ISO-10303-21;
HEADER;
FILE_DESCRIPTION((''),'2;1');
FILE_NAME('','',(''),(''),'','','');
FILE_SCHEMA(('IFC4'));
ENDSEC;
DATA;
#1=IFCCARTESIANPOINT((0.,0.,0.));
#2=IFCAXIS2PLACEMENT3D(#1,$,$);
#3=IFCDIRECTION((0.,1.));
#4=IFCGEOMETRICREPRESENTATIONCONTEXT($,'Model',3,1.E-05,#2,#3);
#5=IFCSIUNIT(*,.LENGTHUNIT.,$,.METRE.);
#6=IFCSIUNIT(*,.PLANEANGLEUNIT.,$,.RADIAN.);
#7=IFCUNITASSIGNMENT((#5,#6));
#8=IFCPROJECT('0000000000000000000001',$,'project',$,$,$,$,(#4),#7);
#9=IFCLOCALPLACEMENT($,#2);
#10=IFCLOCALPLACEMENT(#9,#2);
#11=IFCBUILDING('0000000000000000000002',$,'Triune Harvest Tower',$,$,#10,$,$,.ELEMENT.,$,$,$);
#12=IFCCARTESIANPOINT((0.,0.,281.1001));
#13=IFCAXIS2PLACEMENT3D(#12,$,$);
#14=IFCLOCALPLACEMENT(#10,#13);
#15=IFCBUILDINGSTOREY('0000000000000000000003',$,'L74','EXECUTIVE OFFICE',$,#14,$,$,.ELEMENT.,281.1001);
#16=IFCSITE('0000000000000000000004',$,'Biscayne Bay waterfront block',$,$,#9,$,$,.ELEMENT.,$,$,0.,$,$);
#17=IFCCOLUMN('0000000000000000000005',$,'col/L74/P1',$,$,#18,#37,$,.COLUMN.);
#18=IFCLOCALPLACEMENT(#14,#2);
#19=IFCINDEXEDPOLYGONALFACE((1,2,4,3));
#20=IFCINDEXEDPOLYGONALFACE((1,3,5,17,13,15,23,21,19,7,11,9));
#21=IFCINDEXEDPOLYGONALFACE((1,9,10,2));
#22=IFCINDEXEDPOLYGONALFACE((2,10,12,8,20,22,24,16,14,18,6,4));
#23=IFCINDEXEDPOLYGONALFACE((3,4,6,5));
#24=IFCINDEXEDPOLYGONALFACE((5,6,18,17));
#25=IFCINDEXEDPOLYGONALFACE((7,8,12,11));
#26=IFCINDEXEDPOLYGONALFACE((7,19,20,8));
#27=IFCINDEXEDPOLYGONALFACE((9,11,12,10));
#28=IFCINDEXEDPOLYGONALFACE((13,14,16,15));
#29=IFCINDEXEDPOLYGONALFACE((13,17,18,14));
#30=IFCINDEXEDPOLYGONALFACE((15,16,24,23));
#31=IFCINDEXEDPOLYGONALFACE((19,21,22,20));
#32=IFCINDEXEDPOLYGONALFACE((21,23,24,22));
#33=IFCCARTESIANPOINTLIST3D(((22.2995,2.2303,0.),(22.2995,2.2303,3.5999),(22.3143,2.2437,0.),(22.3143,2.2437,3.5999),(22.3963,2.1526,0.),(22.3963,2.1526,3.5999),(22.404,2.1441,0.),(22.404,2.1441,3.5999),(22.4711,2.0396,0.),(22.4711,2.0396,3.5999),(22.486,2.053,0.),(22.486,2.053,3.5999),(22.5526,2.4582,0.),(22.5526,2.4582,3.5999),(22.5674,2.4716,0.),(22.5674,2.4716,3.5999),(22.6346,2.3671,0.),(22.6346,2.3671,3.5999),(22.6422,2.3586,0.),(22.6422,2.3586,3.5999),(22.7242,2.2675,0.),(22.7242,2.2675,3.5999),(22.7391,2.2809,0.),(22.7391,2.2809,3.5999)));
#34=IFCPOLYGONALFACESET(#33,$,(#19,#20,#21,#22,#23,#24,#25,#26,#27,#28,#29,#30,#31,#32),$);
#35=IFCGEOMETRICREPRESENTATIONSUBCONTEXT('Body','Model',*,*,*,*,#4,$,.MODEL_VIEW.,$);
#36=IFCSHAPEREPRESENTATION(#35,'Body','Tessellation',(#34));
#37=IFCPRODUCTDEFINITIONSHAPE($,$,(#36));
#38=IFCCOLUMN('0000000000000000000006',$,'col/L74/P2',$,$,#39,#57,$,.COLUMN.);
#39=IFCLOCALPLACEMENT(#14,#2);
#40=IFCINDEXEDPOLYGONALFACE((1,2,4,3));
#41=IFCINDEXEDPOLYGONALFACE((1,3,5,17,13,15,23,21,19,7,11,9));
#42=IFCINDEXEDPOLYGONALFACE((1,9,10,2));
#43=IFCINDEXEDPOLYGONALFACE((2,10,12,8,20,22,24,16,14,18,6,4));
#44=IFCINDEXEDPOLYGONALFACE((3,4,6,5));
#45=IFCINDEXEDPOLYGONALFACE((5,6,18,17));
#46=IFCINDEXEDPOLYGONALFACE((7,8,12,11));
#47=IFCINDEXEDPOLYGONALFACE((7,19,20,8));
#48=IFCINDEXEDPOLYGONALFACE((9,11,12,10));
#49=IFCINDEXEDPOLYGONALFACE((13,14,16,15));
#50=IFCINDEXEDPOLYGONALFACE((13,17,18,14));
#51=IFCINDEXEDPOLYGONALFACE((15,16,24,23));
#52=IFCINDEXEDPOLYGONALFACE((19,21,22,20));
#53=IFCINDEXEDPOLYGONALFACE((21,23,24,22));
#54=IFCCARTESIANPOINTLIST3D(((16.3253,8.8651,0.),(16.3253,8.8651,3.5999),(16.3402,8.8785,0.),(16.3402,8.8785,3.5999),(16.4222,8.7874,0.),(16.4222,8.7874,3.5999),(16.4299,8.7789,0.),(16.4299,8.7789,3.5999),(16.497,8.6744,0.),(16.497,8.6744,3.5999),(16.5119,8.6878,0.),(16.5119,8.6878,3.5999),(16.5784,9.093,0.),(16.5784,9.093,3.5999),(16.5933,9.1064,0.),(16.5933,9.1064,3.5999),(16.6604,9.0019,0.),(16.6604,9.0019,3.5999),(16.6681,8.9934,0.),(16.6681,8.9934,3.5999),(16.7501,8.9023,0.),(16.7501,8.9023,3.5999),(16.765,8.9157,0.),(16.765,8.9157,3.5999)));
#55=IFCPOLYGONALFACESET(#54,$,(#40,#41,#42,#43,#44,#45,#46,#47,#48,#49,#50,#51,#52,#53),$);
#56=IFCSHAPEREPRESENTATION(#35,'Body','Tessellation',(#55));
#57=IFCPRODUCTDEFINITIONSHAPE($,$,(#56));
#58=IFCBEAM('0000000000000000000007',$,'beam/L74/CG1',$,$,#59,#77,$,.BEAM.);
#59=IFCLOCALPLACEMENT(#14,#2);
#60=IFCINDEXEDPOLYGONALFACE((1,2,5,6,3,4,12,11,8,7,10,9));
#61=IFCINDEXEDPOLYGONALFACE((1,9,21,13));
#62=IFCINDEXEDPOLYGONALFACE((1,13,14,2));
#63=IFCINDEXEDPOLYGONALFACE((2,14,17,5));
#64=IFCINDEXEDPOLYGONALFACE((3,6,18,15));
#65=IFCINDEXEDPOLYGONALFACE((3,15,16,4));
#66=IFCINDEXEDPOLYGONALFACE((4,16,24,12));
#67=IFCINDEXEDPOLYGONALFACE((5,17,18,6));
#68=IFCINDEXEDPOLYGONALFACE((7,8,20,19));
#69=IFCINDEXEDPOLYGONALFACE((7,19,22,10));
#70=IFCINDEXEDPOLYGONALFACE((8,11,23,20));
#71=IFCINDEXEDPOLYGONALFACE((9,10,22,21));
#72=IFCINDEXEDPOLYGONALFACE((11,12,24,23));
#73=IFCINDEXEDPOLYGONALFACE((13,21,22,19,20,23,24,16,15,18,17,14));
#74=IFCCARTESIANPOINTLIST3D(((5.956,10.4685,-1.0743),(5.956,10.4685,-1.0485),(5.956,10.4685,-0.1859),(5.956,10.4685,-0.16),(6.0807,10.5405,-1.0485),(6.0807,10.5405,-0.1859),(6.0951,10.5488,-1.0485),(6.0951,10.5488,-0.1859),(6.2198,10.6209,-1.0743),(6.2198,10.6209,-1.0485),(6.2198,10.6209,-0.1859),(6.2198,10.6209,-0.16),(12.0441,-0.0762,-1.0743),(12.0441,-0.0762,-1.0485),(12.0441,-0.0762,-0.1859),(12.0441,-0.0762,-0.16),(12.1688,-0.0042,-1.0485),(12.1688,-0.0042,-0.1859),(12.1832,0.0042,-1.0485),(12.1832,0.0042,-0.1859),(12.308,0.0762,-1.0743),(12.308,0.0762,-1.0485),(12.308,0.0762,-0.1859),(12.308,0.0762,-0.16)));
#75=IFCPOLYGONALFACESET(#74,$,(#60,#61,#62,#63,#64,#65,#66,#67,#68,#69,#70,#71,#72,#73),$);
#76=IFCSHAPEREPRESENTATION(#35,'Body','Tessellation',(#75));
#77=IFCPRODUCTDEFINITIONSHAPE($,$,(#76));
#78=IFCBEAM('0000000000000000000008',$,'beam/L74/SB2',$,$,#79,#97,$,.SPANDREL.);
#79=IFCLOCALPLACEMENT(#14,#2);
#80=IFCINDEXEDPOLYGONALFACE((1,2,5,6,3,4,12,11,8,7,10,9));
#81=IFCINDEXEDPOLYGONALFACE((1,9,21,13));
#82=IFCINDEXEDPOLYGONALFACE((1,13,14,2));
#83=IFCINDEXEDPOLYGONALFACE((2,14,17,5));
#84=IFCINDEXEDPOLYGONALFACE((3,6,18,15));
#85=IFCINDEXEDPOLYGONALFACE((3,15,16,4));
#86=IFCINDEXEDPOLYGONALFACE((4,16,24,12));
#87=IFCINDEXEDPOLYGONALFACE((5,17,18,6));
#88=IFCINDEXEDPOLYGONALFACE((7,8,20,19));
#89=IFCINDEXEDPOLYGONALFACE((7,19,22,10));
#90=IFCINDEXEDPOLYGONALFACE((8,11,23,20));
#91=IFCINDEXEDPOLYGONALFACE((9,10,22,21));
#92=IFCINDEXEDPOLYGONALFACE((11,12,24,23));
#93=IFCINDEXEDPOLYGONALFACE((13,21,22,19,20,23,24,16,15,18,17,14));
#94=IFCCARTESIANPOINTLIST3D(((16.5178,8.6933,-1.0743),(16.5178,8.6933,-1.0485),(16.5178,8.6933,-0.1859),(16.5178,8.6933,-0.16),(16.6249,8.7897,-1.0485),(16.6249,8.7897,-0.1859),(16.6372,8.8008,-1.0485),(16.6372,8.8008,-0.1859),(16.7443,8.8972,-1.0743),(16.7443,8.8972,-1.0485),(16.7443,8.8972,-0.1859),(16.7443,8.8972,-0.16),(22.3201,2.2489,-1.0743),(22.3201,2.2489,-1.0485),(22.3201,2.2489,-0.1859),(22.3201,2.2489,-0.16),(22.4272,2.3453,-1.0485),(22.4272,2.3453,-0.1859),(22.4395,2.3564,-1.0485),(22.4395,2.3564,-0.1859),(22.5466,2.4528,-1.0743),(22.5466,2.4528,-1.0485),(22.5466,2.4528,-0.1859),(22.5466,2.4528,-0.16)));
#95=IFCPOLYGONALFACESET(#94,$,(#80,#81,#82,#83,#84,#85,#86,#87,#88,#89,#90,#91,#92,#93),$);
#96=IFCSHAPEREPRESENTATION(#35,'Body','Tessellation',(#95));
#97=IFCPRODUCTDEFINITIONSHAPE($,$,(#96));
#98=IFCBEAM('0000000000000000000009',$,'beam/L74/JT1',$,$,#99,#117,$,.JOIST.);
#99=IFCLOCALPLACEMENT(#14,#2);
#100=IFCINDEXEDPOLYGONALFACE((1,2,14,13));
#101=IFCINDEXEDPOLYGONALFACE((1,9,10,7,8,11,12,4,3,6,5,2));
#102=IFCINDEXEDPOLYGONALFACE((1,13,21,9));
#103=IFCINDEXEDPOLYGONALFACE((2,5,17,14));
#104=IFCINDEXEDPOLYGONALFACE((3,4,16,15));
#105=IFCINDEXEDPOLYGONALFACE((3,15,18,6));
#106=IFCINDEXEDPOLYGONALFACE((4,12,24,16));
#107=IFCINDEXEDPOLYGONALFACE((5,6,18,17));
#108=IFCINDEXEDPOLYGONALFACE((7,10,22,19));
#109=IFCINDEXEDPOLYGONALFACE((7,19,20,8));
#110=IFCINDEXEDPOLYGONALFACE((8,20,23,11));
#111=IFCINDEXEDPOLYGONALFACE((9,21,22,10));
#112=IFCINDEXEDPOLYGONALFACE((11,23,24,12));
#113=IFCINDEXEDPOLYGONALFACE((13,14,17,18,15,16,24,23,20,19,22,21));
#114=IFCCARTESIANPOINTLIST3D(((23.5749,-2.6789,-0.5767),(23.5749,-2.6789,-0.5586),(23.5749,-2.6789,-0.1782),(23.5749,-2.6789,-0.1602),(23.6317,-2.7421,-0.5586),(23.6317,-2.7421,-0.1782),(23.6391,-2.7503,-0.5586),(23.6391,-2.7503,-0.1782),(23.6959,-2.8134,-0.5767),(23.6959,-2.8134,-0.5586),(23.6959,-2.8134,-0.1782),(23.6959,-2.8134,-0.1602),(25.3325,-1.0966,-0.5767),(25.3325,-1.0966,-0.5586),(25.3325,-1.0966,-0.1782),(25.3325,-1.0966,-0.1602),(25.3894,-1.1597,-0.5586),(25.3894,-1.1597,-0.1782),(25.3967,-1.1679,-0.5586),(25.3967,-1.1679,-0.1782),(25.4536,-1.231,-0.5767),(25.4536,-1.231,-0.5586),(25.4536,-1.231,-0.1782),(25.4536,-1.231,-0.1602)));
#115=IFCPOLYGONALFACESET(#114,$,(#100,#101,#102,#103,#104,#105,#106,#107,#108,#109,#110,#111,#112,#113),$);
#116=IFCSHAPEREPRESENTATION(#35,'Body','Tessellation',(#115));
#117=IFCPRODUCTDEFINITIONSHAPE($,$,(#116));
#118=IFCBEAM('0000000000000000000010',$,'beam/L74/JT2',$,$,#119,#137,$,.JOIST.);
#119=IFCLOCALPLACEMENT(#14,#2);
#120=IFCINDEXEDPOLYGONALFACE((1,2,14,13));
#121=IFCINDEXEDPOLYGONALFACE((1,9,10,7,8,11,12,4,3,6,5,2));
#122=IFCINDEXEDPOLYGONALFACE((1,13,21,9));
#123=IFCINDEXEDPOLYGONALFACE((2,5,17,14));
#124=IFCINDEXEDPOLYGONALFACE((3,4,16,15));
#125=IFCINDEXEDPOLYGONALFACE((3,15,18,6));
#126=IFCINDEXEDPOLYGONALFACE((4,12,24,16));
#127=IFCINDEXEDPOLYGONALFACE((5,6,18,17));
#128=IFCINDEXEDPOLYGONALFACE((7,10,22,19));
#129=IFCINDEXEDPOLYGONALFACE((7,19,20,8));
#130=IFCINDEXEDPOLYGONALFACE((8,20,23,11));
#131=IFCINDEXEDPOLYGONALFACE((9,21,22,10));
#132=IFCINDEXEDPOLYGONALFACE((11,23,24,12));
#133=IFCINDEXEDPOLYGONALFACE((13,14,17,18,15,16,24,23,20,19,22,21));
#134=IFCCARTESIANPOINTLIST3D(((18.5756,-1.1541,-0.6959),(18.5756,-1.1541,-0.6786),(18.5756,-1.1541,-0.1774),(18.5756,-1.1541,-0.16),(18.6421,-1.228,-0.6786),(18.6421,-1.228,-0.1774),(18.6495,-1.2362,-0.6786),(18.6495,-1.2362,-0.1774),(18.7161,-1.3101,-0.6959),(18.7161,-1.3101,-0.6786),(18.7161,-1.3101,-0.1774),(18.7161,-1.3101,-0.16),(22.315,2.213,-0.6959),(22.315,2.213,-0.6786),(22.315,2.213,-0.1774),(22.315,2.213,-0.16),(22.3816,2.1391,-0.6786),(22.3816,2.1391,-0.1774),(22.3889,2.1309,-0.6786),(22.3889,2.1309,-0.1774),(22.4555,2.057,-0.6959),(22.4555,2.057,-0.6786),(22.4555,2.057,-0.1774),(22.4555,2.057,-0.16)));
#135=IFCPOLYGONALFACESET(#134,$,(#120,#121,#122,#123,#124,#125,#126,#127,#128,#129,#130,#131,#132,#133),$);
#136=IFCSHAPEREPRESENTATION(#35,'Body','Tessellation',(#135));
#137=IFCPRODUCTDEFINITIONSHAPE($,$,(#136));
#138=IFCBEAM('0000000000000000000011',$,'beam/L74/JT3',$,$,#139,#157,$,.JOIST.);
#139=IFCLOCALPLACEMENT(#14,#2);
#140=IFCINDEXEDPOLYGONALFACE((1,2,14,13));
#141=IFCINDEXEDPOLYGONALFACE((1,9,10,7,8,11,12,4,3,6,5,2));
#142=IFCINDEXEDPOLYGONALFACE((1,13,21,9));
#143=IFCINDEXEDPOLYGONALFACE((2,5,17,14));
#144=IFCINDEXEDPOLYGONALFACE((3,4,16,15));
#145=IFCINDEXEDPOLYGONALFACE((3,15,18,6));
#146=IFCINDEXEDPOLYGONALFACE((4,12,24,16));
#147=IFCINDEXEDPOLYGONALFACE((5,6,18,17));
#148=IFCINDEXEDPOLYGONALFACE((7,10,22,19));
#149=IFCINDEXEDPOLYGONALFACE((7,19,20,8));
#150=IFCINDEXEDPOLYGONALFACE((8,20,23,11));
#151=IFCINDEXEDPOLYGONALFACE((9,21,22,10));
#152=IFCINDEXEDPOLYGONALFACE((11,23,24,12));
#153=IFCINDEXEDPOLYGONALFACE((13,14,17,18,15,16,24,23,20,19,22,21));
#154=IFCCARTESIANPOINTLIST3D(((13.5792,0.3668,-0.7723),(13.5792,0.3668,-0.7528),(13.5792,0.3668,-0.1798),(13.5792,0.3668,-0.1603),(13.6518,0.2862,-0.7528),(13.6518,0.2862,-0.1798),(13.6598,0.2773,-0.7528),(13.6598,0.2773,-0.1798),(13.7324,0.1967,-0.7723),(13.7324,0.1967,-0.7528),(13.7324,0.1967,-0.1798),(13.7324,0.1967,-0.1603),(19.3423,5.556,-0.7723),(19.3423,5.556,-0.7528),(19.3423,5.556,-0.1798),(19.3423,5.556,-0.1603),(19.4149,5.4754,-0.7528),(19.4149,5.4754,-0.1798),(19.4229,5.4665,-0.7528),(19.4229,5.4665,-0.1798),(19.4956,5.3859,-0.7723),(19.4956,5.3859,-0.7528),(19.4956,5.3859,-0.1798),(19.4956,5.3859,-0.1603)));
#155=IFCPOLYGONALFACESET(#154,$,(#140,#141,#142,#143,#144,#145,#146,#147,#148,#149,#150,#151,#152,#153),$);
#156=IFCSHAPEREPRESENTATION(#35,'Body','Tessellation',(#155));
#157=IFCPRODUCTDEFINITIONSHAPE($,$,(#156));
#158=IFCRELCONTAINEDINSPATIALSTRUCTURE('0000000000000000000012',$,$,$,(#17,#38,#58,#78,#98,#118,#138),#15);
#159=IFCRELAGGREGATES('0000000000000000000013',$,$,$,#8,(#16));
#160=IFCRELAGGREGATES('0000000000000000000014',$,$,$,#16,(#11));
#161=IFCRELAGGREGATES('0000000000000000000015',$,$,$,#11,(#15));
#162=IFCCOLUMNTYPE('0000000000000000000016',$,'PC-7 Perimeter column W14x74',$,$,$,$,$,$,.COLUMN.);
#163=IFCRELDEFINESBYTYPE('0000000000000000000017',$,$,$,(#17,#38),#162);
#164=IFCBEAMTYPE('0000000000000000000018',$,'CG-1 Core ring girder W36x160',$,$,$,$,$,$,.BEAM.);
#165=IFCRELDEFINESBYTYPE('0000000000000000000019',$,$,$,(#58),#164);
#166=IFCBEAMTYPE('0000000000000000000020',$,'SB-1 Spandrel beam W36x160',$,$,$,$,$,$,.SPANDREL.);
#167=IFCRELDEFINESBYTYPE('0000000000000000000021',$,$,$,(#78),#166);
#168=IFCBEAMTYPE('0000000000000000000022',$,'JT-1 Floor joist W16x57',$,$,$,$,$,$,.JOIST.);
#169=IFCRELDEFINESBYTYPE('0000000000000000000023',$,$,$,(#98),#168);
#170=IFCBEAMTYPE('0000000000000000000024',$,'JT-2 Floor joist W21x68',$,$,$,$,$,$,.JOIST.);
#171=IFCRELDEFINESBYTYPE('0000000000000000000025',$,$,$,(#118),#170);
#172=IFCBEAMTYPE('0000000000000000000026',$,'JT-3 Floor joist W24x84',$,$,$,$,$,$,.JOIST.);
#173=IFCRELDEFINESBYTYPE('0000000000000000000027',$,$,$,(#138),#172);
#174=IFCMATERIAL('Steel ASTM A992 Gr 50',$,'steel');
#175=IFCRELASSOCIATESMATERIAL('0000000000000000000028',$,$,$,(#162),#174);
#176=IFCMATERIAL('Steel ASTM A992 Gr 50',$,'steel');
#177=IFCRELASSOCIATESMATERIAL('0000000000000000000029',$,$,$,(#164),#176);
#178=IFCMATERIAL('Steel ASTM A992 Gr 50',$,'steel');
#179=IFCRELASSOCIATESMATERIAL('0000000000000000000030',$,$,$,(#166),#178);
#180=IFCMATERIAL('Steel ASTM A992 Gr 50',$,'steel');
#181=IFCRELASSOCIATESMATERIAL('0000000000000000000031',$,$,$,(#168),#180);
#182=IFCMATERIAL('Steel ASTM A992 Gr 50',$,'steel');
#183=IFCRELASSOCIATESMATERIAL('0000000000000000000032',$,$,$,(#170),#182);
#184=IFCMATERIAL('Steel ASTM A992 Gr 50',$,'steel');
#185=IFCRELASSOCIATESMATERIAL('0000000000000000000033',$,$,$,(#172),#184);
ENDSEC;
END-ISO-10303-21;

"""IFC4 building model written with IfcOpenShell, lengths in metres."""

from ifc_helpers import new_model, si_unit, direction, frame, origin, origin_2d, place, context, subcontext, project, spatial, i_section, extrude, source, transform, mapped, material, material_profile, profile_set, type_object, element, save


model = new_model("IFC4")

# Units and contexts
model_context = context("Model", 3, precision=1e-05, world=origin(), true_north=direction((0.0, 1.0)))
body_context = subcontext(model_context, "Body", "Model", "MODEL_VIEW")
ifc_project = project(units=[si_unit("LENGTHUNIT", "METRE"), si_unit("PLANEANGLEUNIT", "RADIAN")], contexts=[model_context])

# Site, building, storey
site_placement = place(None, origin())
site = spatial("IfcSite", under=ifc_project, at=site_placement, Name="Biscayne Bay waterfront block", CompositionType="ELEMENT", RefElevation=0.0)
building_placement = place(site_placement, origin())
building = spatial("IfcBuilding", under=site, at=building_placement, Name="Triune Harvest Tower", CompositionType="ELEMENT")
storey_placement = place(building_placement, frame((0.0, 0.0, 281.1001)))
storey = spatial("IfcBuildingStorey", under=building, at=storey_placement, Name="L74", Description="EXECUTIVE OFFICE", CompositionType="ELEMENT", Elevation=281.1001)

# Columns
ifc_material_1 = material(Name="Steel ASTM A992 Gr 50", Category="steel")
ifc_material_profile_1 = material_profile(ifc_material_1, i_section(OverallWidth=0.2566, OverallDepth=0.3606, WebThickness=0.0115, FlangeThickness=0.02, at=origin_2d()), Name="W14x74")
ifc_profile_set_1 = profile_set([ifc_material_profile_1], Name="Steel ASTM A992 Gr 50")
column_type = type_object("IfcColumnType", Name="PC-7 Perimeter column W14x74", PredefinedType="COLUMN", material=ifc_profile_set_1)
shared_shape_1 = source(origin(), body_context, "Body", "SweptSolid", [
    extrude(i_section(OverallWidth=0.2566, OverallDepth=0.3606, WebThickness=0.0115, FlangeThickness=0.02, at=origin_2d()), origin(), (0.0, 0.0, 1.0), 3.5999),
])
for number, where, z_axis, x_axis, name in (
    (1, (22.5193, 2.2556, 0.0), (0.0, 0.0, 1.0), (-0.669131, 0.743145, 0.0), "col/L74/P1"),
    (2, (16.5452, 8.8904, 0.0), (0.0, 0.0, 1.0), (-0.669131, 0.743145, 0.0), "col/L74/P2"),
):
    element("IfcColumn", number, at=place(storey_placement, frame(where, z_axis=z_axis, x_axis=x_axis)), inside=storey, type_object=column_type, Name=name, PredefinedType="COLUMN", context=body_context, shape_type="MappedRepresentation", body=[
        mapped(shared_shape_1, transform((0.0, 0.0, 0.0), scale=1.0)),
    ])

# Beams
ifc_material_2 = material(Name="Steel ASTM A992 Gr 50", Category="steel")
ifc_material_profile_2 = material_profile(ifc_material_2, i_section(OverallWidth=0.3047, OverallDepth=0.9143, WebThickness=0.0166, FlangeThickness=0.0259, at=origin_2d()), Name="W36x160")
ifc_profile_set_2 = profile_set([ifc_material_profile_2], Name="Steel ASTM A992 Gr 50")
beam_type_1 = type_object("IfcBeamType", Name="CG-1 Core ring girder W36x160", PredefinedType="BEAM", material=ifc_profile_set_2)
shared_shape_2 = source(origin(), body_context, "Body", "SweptSolid", [
    extrude(i_section(OverallWidth=0.3047, OverallDepth=0.9143, WebThickness=0.0166, FlangeThickness=0.0259, at=origin_2d()), origin(), (0.0, 0.0, 1.0), 12.176),
])
beam_1_placement = place(storey_placement, frame((12.176, 0.0, -0.6172), z_axis=(-0.50001, 0.86602, 0.0), x_axis=(-0.86602, -0.50001, 0.0)))
element("IfcBeam", 3, at=beam_1_placement, inside=storey, type_object=beam_type_1, Name="beam/L74/CG1", PredefinedType="BEAM", context=body_context, shape_type="MappedRepresentation", body=[
    mapped(shared_shape_2, transform((0.0, 0.0, 0.0), scale=1.0)),
])
ifc_material_3 = material(Name="Steel ASTM A992 Gr 50", Category="steel")
ifc_material_profile_3 = material_profile(ifc_material_3, i_section(OverallWidth=0.3047, OverallDepth=0.9143, WebThickness=0.0166, FlangeThickness=0.0259, at=origin_2d()), Name="W36x160")
ifc_profile_set_3 = profile_set([ifc_material_profile_3], Name="Steel ASTM A992 Gr 50")
beam_type_2 = type_object("IfcBeamType", Name="SB-1 Spandrel beam W36x160", PredefinedType="SPANDREL", material=ifc_profile_set_3)
shared_shape_3 = source(origin(), body_context, "Body", "SweptSolid", [
    extrude(i_section(OverallWidth=0.3047, OverallDepth=0.9143, WebThickness=0.0166, FlangeThickness=0.0259, at=origin_2d()), origin(), (0.0, 0.0, 1.0), 8.6716),
])
beam_2_placement = place(storey_placement, frame((22.4333, 2.3508, -0.6172), z_axis=(-0.669114, 0.74316, 0.0), x_axis=(-0.74316, -0.669114, 0.0)))
element("IfcBeam", 4, at=beam_2_placement, inside=storey, type_object=beam_type_2, Name="beam/L74/SB2", PredefinedType="SPANDREL", context=body_context, shape_type="MappedRepresentation", body=[
    mapped(shared_shape_3, transform((0.0, 0.0, 0.0), scale=1.0)),
])
ifc_material_4 = material(Name="Steel ASTM A992 Gr 50", Category="steel")
ifc_material_profile_4 = material_profile(ifc_material_4, i_section(OverallWidth=0.1809, OverallDepth=0.4165, WebThickness=0.011, FlangeThickness=0.0181, at=origin_2d()), Name="W16x57")
ifc_profile_set_4 = profile_set([ifc_material_profile_4], Name="Steel ASTM A992 Gr 50")
beam_type_3 = type_object("IfcBeamType", Name="JT-1 Floor joist W16x57", PredefinedType="JOIST", material=ifc_profile_set_4)
shared_shape_4 = source(origin(), body_context, "Body", "SweptSolid", [
    extrude(i_section(OverallWidth=0.1809, OverallDepth=0.4165, WebThickness=0.011, FlangeThickness=0.0181, at=origin_2d()), origin(), (0.0, 0.0, 1.0), 2.365),
])
beam_3_placement = place(storey_placement, frame((25.3931, -1.1638, -0.3684), z_axis=(-0.743197, -0.669073, 0.0), x_axis=(0.669073, -0.743197, 0.0)))
element("IfcBeam", 5, at=beam_3_placement, inside=storey, type_object=beam_type_3, Name="beam/L74/JT1", PredefinedType="JOIST", context=body_context, shape_type="MappedRepresentation", body=[
    mapped(shared_shape_4, transform((0.0, 0.0, 0.0), scale=1.0)),
])
ifc_material_5 = material(Name="Steel ASTM A992 Gr 50", Category="steel")
ifc_material_profile_5 = material_profile(ifc_material_5, i_section(OverallWidth=0.21, OverallDepth=0.5359, WebThickness=0.011, FlangeThickness=0.0173, at=origin_2d()), Name="W21x68")
ifc_profile_set_5 = profile_set([ifc_material_profile_5], Name="Steel ASTM A992 Gr 50")
beam_type_4 = type_object("IfcBeamType", Name="JT-2 Floor joist W21x68", PredefinedType="JOIST", material=ifc_profile_set_5)
shared_shape_5 = source(origin(), body_context, "Body", "SweptSolid", [
    extrude(i_section(OverallWidth=0.21, OverallDepth=0.5359, WebThickness=0.011, FlangeThickness=0.0173, at=origin_2d()), origin(), (0.0, 0.0, 1.0), 5.032),
])
beam_4_placement = place(storey_placement, frame((22.3853, 2.135, -0.428), z_axis=(-0.743132, -0.669144, 0.0), x_axis=(0.669144, -0.743132, 0.0)))
element("IfcBeam", 6, at=beam_4_placement, inside=storey, type_object=beam_type_4, Name="beam/L74/JT2", PredefinedType="JOIST", context=body_context, shape_type="MappedRepresentation", body=[
    mapped(shared_shape_5, transform((0.0, 0.0, 0.0), scale=1.0)),
])
ifc_material_6 = material(Name="Steel ASTM A992 Gr 50", Category="steel")
ifc_material_profile_6 = material_profile(ifc_material_6, i_section(OverallWidth=0.229, OverallDepth=0.6121, WebThickness=0.012, FlangeThickness=0.0195, at=origin_2d()), Name="W24x84")
ifc_profile_set_6 = profile_set([ifc_material_profile_6], Name="Steel ASTM A992 Gr 50")
beam_type_5 = type_object("IfcBeamType", Name="JT-3 Floor joist W24x84", PredefinedType="JOIST", material=ifc_profile_set_6)
shared_shape_6 = source(origin(), body_context, "Body", "SweptSolid", [
    extrude(i_section(OverallWidth=0.229, OverallDepth=0.6121, WebThickness=0.012, FlangeThickness=0.0195, at=origin_2d()), origin(), (0.0, 0.0, 1.0), 7.7551),
])
beam_5_placement = place(storey_placement, frame((19.4189, 5.4709, -0.4663), z_axis=(-0.743144, -0.669132, 0.0), x_axis=(0.669132, -0.743144, 0.0)))
element("IfcBeam", 7, at=beam_5_placement, inside=storey, type_object=beam_type_5, Name="beam/L74/JT3", PredefinedType="JOIST", context=body_context, shape_type="MappedRepresentation", body=[
    mapped(shared_shape_6, transform((0.0, 0.0, 0.0), scale=1.0)),
])

save(model, "model.ifc")
